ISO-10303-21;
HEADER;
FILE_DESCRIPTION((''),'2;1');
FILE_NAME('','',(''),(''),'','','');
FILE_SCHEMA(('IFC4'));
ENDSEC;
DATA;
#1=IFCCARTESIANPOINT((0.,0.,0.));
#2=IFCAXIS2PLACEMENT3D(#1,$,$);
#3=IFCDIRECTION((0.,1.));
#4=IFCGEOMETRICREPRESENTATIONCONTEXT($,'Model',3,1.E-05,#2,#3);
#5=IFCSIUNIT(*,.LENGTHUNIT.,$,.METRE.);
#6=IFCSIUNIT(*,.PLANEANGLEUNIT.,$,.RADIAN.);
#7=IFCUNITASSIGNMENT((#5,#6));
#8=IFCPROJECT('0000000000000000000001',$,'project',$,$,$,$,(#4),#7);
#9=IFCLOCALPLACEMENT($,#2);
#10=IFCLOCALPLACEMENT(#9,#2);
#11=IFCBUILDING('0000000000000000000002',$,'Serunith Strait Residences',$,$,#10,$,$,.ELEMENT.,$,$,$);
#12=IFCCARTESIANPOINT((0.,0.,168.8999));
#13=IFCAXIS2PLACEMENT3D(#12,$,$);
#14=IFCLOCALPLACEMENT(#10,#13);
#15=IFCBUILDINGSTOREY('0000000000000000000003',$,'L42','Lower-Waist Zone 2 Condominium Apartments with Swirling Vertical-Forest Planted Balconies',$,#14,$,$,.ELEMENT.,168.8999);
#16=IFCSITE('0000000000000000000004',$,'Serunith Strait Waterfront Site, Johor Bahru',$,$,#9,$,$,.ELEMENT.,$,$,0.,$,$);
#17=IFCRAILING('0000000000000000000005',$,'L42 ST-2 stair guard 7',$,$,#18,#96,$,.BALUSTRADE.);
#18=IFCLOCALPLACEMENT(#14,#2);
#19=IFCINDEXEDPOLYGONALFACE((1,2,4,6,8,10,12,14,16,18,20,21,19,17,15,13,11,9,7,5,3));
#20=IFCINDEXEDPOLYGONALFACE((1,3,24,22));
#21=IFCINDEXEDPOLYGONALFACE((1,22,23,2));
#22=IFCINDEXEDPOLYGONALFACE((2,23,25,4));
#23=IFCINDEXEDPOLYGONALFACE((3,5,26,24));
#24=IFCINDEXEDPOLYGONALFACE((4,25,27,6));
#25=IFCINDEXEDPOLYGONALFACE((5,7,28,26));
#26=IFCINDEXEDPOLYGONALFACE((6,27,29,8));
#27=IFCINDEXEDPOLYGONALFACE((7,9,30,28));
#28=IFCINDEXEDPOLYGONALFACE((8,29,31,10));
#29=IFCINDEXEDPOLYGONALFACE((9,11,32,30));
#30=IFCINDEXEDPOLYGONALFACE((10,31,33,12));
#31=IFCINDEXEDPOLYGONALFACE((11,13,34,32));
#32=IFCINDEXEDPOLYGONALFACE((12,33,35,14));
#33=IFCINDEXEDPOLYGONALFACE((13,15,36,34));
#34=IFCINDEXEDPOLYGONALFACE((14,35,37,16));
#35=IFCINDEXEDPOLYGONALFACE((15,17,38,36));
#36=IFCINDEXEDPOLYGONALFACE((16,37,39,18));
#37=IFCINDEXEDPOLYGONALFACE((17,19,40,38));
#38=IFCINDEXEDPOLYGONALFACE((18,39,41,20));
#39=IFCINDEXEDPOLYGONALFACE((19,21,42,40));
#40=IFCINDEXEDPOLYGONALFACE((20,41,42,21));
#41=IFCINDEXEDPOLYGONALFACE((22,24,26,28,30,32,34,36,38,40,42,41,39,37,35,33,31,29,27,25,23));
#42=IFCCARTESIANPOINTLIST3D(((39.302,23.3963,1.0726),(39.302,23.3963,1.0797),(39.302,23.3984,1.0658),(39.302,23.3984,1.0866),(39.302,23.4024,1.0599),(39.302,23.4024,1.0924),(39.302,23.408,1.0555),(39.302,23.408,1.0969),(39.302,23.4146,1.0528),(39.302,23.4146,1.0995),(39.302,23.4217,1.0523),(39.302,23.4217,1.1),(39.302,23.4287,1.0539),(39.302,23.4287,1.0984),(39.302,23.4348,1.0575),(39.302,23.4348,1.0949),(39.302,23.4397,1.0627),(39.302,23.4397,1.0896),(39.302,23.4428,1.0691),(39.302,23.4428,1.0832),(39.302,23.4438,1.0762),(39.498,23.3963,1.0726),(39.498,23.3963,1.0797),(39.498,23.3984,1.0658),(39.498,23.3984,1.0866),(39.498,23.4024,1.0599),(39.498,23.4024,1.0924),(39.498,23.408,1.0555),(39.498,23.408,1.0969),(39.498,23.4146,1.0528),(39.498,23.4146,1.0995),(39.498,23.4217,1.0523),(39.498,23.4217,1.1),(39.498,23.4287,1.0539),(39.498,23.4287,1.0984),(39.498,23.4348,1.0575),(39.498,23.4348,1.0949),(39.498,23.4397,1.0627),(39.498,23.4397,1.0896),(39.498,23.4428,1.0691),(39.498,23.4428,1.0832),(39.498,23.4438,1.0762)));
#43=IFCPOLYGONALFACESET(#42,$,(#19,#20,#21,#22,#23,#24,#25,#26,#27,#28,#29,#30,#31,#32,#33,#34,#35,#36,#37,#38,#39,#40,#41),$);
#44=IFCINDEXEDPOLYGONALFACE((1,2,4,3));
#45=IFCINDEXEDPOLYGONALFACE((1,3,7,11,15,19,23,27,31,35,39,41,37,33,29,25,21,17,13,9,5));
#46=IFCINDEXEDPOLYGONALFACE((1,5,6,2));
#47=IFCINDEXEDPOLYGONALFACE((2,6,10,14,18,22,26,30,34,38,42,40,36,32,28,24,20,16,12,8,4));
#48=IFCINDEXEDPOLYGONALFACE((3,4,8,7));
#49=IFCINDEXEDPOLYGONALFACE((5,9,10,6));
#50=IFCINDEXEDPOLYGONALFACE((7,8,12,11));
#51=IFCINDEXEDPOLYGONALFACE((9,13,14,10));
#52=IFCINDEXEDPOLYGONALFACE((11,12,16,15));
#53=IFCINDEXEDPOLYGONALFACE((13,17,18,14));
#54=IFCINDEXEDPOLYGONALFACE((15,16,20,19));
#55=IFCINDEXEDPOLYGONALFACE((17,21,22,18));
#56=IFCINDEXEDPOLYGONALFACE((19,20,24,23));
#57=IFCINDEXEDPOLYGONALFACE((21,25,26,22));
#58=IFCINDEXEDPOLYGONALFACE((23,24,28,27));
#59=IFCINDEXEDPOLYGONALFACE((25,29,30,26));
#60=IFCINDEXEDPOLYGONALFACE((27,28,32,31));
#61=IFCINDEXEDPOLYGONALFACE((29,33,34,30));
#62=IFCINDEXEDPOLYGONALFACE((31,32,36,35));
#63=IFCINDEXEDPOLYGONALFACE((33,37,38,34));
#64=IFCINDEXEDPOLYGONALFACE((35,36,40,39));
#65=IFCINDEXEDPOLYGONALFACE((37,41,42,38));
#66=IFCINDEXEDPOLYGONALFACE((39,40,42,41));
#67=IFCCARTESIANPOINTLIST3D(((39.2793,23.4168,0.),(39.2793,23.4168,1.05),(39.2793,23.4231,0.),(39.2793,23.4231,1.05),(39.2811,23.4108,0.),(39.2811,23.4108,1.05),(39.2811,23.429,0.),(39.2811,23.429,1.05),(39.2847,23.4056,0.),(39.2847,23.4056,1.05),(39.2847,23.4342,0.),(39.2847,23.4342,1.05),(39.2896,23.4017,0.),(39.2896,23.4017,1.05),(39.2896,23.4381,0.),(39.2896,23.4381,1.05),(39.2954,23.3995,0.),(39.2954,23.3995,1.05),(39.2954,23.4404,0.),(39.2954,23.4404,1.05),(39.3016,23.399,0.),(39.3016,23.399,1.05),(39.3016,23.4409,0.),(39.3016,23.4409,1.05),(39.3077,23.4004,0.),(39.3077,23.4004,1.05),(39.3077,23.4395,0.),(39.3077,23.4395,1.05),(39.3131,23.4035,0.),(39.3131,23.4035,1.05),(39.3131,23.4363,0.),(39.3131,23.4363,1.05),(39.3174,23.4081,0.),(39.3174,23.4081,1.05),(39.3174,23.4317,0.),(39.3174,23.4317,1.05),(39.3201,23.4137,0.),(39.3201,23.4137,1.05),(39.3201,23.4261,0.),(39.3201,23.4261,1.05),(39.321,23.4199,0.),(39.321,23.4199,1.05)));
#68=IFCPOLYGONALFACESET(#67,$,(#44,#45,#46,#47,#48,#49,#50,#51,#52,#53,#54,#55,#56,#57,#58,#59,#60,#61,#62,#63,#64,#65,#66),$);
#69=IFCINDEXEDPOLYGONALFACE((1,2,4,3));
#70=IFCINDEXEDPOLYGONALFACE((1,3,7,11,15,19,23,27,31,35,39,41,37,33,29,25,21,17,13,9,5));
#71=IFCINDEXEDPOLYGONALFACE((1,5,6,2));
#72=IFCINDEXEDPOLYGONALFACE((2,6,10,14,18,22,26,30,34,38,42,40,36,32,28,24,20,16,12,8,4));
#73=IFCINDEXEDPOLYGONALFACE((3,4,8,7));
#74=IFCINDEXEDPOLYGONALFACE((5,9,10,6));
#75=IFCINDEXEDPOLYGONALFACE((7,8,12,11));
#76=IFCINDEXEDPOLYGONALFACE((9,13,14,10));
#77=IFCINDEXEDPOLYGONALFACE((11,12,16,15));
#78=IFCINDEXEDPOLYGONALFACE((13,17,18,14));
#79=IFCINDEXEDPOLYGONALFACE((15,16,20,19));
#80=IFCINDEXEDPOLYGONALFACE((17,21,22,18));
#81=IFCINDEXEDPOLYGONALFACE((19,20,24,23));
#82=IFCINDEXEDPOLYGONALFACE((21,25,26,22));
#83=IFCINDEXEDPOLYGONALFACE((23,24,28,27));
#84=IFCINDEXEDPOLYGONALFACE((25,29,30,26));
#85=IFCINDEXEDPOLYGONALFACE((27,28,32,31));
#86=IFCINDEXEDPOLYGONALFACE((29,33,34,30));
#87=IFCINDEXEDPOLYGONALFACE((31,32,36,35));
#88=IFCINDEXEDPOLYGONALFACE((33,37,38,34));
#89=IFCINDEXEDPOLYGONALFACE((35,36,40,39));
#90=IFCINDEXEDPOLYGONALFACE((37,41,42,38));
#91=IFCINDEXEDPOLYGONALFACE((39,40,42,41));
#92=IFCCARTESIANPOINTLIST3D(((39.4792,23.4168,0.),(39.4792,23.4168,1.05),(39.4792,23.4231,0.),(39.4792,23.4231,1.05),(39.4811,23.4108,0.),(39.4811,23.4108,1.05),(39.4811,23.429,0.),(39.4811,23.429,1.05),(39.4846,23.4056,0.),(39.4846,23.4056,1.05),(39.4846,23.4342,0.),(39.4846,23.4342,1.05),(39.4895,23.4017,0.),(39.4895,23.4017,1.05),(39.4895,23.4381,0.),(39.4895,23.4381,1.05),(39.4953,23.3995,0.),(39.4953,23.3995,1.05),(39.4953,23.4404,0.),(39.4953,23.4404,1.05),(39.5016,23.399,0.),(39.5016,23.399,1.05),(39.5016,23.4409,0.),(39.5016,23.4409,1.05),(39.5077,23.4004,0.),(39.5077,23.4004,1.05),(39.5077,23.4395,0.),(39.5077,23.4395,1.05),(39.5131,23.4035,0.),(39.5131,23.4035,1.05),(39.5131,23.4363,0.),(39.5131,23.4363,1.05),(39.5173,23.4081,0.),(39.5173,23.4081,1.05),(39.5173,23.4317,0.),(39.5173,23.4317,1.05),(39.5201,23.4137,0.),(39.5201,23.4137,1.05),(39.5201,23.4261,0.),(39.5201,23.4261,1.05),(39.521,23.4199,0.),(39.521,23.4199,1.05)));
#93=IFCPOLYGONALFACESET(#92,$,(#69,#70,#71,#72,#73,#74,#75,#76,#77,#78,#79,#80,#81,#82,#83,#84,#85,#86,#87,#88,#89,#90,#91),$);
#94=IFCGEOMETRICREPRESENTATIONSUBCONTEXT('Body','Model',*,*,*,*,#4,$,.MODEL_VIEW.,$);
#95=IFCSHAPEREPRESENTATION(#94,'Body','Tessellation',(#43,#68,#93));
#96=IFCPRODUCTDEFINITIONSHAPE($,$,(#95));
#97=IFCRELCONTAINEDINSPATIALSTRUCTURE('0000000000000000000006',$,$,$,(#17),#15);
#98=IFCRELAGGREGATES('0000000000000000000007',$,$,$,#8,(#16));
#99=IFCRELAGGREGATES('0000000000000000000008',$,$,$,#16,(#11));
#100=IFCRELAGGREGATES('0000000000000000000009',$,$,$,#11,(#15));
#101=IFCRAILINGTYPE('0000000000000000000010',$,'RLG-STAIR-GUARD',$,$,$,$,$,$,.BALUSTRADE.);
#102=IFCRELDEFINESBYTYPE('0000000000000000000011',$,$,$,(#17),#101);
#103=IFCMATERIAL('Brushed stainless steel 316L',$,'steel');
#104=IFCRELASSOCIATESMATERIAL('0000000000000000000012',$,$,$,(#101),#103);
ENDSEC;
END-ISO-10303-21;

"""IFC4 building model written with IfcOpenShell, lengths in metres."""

from ifc_helpers import new_model, si_unit, direction, frame, origin, origin_2d, place, context, subcontext, project, spatial, circle, extrude, material, type_object, element, save


model = new_model("IFC4")

# Units and contexts
model_context = context("Model", 3, precision=1e-05, world=origin(), true_north=direction((0.0, 1.0)))
body_context = subcontext(model_context, "Body", "Model", "MODEL_VIEW")
ifc_project = project(units=[si_unit("LENGTHUNIT", "METRE"), si_unit("PLANEANGLEUNIT", "RADIAN")], contexts=[model_context])

# Site, building, storey
site_placement = place(None, origin())
site = spatial("IfcSite", under=ifc_project, at=site_placement, Name="Serunith Strait Waterfront Site, Johor Bahru", CompositionType="ELEMENT", RefElevation=0.0)
building_placement = place(site_placement, origin())
building = spatial("IfcBuilding", under=site, at=building_placement, Name="Serunith Strait Residences", CompositionType="ELEMENT")
storey_placement = place(building_placement, frame((0.0, 0.0, 168.8999)))
storey = spatial("IfcBuildingStorey", under=building, at=storey_placement, Name="L42", Description="Lower-Waist Zone 2 Condominium Apartments with Swirling Vertical-Forest Planted Balconies", CompositionType="ELEMENT", Elevation=168.8999)

# Railing
ifc_material_1 = material(Name="Brushed stainless steel 316L", Category="steel")
railing_type_1 = type_object("IfcRailingType", Name="RLG-STAIR-GUARD", PredefinedType="BALUSTRADE", material=ifc_material_1)
railing_1_placement = place(storey_placement, frame((39.3, 23.4199, 0.0)))
element("IfcRailing", 1, at=railing_1_placement, inside=storey, type_object=railing_type_1, Name="L42 ST-2 stair guard 7", PredefinedType="BALUSTRADE", context=body_context, shape_type="SweptSolid", body=[
    extrude(circle(Radius=0.0239, at=origin_2d()), frame((0.002, 0.0, 1.0762), z_axis=(1.0, 0.0, 0.0), x_axis=(0.0, 1.0, 0.0)), (0.0, 0.0, 1.0), 0.196),
    extrude(circle(Radius=0.021, at=origin_2d()), origin(), (0.0, 0.0, 1.0), 1.05),
    extrude(circle(Radius=0.021, at=origin_2d()), frame((0.2, 0.0, 0.0)), (0.0, 0.0, 1.0), 1.05),
])

save(model, "model.ifc")
